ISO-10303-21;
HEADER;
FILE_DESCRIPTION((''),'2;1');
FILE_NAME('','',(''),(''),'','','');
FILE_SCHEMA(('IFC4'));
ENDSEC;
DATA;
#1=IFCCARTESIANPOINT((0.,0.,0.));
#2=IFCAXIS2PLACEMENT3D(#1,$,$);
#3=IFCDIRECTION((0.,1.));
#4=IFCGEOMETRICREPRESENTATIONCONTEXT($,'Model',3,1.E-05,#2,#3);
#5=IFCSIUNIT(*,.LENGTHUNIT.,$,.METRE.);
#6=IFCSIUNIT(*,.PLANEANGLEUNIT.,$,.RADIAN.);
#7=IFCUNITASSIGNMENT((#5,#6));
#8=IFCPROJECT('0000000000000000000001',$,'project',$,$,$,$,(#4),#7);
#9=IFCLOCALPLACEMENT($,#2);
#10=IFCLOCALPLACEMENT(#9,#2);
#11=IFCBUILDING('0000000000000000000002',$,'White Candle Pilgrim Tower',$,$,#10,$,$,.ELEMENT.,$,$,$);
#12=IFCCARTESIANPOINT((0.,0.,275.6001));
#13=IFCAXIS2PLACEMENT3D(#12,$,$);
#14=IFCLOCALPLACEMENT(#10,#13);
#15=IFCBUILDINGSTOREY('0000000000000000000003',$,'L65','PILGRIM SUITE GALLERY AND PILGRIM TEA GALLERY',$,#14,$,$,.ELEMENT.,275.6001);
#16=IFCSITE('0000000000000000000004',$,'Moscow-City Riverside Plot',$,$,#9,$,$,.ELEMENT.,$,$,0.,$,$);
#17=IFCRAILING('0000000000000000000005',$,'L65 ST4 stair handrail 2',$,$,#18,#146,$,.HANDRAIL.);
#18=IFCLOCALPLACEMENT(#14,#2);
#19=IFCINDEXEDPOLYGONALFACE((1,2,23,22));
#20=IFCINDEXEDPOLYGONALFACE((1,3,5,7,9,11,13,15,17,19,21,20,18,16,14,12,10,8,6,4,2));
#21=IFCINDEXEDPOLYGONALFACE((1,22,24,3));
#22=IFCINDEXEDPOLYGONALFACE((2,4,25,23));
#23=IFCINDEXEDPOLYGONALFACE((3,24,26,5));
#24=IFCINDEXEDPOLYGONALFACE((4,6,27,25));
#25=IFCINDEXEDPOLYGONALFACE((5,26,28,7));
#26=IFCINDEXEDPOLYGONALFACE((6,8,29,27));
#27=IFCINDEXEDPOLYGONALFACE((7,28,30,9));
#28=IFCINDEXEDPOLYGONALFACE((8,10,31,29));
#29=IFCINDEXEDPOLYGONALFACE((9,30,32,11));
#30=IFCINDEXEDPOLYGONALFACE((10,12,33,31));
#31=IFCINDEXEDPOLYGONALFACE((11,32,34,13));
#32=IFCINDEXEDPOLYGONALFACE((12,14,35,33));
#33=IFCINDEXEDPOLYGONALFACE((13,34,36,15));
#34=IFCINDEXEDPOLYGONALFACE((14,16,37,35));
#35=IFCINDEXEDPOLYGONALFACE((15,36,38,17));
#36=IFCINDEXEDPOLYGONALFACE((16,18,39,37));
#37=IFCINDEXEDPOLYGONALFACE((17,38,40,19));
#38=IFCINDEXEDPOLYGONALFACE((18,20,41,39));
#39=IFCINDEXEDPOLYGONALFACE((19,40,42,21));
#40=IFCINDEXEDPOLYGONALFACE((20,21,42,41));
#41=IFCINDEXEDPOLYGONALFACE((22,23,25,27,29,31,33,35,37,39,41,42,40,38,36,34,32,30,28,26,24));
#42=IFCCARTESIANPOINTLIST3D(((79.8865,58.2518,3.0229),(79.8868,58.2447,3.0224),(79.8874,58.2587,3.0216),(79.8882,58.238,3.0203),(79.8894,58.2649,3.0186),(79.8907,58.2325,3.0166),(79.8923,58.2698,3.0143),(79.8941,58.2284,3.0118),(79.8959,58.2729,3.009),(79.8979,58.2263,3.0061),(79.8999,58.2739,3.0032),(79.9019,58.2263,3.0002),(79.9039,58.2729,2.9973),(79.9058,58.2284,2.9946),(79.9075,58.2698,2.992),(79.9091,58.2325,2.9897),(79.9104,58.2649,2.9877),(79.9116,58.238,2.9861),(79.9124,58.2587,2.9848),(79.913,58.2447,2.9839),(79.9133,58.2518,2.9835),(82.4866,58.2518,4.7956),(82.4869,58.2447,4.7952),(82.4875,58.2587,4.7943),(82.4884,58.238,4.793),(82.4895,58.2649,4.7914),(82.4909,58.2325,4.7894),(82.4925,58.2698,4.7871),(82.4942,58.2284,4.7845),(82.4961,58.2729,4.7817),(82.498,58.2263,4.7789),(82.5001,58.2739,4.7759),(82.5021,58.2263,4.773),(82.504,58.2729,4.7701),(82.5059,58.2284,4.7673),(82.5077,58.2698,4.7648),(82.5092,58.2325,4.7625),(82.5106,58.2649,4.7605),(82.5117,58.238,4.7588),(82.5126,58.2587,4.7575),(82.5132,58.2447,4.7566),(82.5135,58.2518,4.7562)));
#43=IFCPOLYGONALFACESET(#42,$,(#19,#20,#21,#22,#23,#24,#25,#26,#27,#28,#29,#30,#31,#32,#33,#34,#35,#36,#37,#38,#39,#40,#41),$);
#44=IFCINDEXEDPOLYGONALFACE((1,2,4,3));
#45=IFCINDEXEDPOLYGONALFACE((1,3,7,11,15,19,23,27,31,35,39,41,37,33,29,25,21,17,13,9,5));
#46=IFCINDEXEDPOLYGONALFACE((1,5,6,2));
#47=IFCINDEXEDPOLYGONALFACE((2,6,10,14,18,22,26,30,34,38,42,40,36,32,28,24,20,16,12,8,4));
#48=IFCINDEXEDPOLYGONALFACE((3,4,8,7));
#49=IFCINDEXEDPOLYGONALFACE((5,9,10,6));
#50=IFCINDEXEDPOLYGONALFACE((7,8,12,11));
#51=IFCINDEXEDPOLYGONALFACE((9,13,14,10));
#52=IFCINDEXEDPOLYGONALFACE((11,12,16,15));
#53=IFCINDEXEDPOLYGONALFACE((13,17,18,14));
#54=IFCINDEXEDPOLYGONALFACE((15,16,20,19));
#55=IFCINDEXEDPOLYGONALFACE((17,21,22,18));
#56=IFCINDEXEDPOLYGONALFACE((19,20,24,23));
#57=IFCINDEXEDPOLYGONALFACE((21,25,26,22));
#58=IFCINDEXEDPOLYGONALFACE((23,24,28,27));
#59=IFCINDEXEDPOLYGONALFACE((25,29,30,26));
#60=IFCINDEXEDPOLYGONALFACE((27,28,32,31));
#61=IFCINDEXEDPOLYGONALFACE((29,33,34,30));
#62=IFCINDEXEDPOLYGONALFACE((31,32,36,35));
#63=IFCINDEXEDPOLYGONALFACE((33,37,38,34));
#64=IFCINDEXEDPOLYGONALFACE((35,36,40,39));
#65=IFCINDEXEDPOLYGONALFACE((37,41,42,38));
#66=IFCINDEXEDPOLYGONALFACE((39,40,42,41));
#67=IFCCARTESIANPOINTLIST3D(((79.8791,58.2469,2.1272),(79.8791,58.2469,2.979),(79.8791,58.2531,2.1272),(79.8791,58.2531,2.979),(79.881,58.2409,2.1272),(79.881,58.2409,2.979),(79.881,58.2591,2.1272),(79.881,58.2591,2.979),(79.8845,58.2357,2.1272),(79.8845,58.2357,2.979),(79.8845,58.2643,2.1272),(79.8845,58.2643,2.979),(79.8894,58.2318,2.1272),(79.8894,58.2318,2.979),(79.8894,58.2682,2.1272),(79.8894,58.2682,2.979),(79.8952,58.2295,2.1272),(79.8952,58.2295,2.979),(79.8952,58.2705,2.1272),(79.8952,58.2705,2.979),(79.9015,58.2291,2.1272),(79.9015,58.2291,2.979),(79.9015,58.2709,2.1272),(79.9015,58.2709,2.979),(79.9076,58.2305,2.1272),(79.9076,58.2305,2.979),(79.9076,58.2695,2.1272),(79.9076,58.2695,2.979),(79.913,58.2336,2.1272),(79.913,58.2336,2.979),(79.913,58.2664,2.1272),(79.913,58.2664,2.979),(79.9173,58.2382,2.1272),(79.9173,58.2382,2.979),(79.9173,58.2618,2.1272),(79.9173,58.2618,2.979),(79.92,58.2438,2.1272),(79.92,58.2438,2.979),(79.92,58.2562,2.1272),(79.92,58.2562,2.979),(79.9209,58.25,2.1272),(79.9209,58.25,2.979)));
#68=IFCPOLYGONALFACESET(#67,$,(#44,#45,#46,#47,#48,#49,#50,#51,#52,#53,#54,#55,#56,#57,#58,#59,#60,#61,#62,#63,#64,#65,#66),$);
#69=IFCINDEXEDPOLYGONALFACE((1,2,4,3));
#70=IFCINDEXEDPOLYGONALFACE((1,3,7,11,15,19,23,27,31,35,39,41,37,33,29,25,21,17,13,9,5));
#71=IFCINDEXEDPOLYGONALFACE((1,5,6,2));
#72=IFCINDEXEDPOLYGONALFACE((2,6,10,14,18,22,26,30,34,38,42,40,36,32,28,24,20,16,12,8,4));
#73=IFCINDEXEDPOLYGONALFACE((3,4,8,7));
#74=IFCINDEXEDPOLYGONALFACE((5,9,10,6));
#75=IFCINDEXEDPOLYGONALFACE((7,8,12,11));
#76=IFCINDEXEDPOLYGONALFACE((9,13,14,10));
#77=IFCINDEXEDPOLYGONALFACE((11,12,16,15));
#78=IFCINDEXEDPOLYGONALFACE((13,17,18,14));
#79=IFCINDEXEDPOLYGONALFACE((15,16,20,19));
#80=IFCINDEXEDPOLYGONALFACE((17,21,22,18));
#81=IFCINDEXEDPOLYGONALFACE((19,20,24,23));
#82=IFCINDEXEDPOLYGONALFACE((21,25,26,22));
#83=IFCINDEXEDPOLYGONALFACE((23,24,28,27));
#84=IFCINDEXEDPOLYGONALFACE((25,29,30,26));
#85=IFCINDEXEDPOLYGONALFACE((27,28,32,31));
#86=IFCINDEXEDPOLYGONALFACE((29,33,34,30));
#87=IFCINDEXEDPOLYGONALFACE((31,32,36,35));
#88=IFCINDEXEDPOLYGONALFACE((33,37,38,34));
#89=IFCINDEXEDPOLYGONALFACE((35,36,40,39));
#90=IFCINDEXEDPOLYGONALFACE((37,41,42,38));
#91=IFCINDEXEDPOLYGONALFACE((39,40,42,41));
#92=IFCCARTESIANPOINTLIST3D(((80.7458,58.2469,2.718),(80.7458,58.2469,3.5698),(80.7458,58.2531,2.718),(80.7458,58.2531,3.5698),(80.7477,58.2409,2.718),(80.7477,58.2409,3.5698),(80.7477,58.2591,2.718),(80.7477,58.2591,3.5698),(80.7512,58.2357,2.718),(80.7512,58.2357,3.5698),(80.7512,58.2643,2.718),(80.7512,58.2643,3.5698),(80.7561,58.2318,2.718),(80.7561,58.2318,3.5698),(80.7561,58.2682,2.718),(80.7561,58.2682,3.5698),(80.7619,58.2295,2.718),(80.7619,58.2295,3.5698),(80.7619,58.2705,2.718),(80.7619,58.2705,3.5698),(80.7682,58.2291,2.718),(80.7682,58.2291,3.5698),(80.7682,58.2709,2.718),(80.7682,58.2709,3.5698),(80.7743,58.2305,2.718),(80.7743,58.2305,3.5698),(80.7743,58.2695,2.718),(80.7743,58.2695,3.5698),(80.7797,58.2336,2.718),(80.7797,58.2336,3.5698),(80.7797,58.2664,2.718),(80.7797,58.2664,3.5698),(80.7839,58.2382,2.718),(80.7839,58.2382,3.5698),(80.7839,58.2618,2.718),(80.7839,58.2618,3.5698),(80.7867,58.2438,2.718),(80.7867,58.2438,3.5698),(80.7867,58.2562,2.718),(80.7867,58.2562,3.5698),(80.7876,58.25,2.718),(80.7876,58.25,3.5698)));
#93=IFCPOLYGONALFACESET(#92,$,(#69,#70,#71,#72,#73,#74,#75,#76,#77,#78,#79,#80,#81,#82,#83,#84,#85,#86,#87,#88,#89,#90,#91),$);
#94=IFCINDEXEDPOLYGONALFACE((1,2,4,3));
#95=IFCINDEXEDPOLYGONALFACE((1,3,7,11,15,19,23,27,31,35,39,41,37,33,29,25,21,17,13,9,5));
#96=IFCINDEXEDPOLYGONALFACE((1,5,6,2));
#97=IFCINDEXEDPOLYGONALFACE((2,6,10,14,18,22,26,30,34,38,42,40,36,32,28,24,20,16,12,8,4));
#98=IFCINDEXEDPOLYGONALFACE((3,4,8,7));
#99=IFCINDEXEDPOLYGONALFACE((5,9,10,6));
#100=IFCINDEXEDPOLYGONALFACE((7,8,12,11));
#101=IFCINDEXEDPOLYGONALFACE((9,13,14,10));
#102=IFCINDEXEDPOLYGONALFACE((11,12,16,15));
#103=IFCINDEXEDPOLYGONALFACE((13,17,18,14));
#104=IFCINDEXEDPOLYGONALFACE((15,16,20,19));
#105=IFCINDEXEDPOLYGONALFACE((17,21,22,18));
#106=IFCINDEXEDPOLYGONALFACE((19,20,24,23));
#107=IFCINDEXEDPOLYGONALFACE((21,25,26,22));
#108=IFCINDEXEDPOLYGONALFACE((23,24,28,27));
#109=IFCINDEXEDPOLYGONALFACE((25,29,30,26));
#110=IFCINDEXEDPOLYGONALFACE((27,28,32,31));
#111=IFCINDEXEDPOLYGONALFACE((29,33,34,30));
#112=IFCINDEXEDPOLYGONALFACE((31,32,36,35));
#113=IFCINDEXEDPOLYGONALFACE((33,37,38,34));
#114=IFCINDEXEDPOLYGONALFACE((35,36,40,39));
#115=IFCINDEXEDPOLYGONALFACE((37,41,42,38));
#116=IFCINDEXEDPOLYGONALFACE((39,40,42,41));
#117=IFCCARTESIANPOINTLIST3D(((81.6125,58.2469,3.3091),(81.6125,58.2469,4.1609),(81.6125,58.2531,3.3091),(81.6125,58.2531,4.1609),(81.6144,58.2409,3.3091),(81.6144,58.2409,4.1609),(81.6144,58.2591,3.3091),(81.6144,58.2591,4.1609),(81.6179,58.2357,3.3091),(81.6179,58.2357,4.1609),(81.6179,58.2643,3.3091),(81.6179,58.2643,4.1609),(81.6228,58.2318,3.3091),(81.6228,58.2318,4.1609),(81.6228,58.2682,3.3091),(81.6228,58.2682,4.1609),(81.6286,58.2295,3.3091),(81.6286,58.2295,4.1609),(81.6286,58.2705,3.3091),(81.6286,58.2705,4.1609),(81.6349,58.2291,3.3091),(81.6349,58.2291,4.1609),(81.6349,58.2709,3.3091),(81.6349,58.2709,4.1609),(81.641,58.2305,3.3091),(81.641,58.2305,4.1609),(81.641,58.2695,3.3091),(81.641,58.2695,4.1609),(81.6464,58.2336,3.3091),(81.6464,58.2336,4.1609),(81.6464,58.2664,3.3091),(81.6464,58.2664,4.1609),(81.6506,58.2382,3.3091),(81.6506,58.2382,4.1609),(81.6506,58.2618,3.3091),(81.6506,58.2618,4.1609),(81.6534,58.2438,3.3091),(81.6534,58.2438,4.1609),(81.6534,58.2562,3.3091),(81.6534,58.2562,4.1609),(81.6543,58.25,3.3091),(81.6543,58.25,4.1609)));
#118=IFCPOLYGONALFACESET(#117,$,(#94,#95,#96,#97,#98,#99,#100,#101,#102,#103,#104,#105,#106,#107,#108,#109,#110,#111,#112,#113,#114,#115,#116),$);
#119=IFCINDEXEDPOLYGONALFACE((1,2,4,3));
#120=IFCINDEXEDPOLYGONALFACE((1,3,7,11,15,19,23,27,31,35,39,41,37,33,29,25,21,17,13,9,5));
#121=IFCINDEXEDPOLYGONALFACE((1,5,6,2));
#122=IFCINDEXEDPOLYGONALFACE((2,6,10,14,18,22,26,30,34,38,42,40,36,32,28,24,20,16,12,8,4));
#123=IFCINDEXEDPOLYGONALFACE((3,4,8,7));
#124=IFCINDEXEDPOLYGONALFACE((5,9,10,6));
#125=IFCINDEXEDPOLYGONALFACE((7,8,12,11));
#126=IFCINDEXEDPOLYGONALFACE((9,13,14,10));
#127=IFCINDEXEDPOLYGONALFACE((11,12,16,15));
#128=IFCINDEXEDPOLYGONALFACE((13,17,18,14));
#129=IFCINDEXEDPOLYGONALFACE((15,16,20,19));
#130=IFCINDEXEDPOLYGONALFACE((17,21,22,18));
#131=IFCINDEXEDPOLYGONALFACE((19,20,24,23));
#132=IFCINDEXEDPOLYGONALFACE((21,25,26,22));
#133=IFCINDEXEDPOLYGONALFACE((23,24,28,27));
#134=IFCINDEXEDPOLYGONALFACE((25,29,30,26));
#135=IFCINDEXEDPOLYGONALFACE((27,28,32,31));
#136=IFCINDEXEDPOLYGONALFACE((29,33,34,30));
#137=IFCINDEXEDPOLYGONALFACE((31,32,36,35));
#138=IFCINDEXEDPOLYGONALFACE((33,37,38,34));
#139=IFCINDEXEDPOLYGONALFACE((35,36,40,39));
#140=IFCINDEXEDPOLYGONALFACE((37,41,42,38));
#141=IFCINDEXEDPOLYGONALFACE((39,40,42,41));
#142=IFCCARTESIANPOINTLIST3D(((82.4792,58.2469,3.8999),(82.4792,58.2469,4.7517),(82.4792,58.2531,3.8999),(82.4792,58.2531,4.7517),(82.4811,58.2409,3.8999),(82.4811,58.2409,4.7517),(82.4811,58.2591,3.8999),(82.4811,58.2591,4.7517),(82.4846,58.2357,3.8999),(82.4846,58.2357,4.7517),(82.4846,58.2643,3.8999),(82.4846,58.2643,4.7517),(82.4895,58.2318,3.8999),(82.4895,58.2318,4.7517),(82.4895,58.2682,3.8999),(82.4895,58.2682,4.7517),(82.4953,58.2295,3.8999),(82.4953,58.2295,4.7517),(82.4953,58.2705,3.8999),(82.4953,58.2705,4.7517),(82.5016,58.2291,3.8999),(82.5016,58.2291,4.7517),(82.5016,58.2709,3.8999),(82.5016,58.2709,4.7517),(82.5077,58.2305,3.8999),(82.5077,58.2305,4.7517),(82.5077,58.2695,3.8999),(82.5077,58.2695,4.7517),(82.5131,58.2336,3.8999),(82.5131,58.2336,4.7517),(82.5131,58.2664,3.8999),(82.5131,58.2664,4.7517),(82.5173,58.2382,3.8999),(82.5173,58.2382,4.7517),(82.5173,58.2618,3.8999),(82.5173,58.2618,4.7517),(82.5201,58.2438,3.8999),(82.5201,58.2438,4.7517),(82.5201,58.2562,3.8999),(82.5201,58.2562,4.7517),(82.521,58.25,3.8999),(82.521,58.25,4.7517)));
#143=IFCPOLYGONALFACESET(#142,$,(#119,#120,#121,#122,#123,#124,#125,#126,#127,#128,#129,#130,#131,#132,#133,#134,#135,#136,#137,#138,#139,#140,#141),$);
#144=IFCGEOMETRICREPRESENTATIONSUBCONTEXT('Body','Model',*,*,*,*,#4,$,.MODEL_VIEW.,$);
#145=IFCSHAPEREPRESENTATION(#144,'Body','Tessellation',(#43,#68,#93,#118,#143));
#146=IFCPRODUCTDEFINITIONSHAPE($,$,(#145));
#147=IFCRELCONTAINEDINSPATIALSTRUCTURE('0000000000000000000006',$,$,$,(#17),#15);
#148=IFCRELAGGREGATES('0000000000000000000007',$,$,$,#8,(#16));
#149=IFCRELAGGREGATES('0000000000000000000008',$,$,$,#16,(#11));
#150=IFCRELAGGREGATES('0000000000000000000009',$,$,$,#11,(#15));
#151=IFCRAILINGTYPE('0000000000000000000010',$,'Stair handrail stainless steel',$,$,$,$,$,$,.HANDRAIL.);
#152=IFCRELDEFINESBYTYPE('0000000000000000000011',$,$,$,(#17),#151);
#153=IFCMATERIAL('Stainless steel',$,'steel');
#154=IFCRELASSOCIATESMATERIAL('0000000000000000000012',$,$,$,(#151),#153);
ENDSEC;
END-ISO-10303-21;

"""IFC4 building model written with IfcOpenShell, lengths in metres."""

from ifc_helpers import new_model, si_unit, direction, frame, origin, origin_2d, place, context, subcontext, project, spatial, circle, extrude, material, type_object, element, save


model = new_model("IFC4")

# Units and contexts
model_context = context("Model", 3, precision=1e-05, world=origin(), true_north=direction((0.0, 1.0)))
body_context = subcontext(model_context, "Body", "Model", "MODEL_VIEW")
ifc_project = project(units=[si_unit("LENGTHUNIT", "METRE"), si_unit("PLANEANGLEUNIT", "RADIAN")], contexts=[model_context])

# Site, building, storey
site_placement = place(None, origin())
site = spatial("IfcSite", under=ifc_project, at=site_placement, Name="Moscow-City Riverside Plot", CompositionType="ELEMENT", RefElevation=0.0)
building_placement = place(site_placement, origin())
building = spatial("IfcBuilding", under=site, at=building_placement, Name="White Candle Pilgrim Tower", CompositionType="ELEMENT")
storey_placement = place(building_placement, frame((0.0, 0.0, 275.6001)))
storey = spatial("IfcBuildingStorey", under=building, at=storey_placement, Name="L65", Description="PILGRIM SUITE GALLERY AND PILGRIM TEA GALLERY", CompositionType="ELEMENT", Elevation=275.6001)

# Railing
ifc_material_1 = material(Name="Stainless steel", Category="steel")
railing_type_1 = type_object("IfcRailingType", Name="Stair handrail stainless steel", PredefinedType="HANDRAIL", material=ifc_material_1)
railing_1_placement = place(storey_placement, frame((79.8999, 58.25, 2.1272)))
element("IfcRailing", 1, at=railing_1_placement, inside=storey, type_object=railing_type_1, Name="L65 ST4 stair handrail 2", PredefinedType="HANDRAIL", context=body_context, shape_type="SweptSolid", body=[
    extrude(circle(Radius=0.0239, at=origin_2d()), frame((0.0, 0.0, 0.876), z_axis=(0.82624, 0.0, 0.563318), x_axis=(0.0, 1.0, 0.0)), (0.0, 0.0, 1.0), 3.147),
    extrude(circle(Radius=0.021, at=origin_2d()), origin(), (0.0, 0.0, 1.0), 0.8518),
    extrude(circle(Radius=0.021, at=origin_2d()), frame((0.8667, 0.0, 0.5908)), (0.0, 0.0, 1.0), 0.8518),
    extrude(circle(Radius=0.021, at=origin_2d()), frame((1.7334, 0.0, 1.1819)), (0.0, 0.0, 1.0), 0.8518),
    extrude(circle(Radius=0.021, at=origin_2d()), frame((2.6001, 0.0, 1.7727)), (0.0, 0.0, 1.0), 0.8518),
])

save(model, "model.ifc")
